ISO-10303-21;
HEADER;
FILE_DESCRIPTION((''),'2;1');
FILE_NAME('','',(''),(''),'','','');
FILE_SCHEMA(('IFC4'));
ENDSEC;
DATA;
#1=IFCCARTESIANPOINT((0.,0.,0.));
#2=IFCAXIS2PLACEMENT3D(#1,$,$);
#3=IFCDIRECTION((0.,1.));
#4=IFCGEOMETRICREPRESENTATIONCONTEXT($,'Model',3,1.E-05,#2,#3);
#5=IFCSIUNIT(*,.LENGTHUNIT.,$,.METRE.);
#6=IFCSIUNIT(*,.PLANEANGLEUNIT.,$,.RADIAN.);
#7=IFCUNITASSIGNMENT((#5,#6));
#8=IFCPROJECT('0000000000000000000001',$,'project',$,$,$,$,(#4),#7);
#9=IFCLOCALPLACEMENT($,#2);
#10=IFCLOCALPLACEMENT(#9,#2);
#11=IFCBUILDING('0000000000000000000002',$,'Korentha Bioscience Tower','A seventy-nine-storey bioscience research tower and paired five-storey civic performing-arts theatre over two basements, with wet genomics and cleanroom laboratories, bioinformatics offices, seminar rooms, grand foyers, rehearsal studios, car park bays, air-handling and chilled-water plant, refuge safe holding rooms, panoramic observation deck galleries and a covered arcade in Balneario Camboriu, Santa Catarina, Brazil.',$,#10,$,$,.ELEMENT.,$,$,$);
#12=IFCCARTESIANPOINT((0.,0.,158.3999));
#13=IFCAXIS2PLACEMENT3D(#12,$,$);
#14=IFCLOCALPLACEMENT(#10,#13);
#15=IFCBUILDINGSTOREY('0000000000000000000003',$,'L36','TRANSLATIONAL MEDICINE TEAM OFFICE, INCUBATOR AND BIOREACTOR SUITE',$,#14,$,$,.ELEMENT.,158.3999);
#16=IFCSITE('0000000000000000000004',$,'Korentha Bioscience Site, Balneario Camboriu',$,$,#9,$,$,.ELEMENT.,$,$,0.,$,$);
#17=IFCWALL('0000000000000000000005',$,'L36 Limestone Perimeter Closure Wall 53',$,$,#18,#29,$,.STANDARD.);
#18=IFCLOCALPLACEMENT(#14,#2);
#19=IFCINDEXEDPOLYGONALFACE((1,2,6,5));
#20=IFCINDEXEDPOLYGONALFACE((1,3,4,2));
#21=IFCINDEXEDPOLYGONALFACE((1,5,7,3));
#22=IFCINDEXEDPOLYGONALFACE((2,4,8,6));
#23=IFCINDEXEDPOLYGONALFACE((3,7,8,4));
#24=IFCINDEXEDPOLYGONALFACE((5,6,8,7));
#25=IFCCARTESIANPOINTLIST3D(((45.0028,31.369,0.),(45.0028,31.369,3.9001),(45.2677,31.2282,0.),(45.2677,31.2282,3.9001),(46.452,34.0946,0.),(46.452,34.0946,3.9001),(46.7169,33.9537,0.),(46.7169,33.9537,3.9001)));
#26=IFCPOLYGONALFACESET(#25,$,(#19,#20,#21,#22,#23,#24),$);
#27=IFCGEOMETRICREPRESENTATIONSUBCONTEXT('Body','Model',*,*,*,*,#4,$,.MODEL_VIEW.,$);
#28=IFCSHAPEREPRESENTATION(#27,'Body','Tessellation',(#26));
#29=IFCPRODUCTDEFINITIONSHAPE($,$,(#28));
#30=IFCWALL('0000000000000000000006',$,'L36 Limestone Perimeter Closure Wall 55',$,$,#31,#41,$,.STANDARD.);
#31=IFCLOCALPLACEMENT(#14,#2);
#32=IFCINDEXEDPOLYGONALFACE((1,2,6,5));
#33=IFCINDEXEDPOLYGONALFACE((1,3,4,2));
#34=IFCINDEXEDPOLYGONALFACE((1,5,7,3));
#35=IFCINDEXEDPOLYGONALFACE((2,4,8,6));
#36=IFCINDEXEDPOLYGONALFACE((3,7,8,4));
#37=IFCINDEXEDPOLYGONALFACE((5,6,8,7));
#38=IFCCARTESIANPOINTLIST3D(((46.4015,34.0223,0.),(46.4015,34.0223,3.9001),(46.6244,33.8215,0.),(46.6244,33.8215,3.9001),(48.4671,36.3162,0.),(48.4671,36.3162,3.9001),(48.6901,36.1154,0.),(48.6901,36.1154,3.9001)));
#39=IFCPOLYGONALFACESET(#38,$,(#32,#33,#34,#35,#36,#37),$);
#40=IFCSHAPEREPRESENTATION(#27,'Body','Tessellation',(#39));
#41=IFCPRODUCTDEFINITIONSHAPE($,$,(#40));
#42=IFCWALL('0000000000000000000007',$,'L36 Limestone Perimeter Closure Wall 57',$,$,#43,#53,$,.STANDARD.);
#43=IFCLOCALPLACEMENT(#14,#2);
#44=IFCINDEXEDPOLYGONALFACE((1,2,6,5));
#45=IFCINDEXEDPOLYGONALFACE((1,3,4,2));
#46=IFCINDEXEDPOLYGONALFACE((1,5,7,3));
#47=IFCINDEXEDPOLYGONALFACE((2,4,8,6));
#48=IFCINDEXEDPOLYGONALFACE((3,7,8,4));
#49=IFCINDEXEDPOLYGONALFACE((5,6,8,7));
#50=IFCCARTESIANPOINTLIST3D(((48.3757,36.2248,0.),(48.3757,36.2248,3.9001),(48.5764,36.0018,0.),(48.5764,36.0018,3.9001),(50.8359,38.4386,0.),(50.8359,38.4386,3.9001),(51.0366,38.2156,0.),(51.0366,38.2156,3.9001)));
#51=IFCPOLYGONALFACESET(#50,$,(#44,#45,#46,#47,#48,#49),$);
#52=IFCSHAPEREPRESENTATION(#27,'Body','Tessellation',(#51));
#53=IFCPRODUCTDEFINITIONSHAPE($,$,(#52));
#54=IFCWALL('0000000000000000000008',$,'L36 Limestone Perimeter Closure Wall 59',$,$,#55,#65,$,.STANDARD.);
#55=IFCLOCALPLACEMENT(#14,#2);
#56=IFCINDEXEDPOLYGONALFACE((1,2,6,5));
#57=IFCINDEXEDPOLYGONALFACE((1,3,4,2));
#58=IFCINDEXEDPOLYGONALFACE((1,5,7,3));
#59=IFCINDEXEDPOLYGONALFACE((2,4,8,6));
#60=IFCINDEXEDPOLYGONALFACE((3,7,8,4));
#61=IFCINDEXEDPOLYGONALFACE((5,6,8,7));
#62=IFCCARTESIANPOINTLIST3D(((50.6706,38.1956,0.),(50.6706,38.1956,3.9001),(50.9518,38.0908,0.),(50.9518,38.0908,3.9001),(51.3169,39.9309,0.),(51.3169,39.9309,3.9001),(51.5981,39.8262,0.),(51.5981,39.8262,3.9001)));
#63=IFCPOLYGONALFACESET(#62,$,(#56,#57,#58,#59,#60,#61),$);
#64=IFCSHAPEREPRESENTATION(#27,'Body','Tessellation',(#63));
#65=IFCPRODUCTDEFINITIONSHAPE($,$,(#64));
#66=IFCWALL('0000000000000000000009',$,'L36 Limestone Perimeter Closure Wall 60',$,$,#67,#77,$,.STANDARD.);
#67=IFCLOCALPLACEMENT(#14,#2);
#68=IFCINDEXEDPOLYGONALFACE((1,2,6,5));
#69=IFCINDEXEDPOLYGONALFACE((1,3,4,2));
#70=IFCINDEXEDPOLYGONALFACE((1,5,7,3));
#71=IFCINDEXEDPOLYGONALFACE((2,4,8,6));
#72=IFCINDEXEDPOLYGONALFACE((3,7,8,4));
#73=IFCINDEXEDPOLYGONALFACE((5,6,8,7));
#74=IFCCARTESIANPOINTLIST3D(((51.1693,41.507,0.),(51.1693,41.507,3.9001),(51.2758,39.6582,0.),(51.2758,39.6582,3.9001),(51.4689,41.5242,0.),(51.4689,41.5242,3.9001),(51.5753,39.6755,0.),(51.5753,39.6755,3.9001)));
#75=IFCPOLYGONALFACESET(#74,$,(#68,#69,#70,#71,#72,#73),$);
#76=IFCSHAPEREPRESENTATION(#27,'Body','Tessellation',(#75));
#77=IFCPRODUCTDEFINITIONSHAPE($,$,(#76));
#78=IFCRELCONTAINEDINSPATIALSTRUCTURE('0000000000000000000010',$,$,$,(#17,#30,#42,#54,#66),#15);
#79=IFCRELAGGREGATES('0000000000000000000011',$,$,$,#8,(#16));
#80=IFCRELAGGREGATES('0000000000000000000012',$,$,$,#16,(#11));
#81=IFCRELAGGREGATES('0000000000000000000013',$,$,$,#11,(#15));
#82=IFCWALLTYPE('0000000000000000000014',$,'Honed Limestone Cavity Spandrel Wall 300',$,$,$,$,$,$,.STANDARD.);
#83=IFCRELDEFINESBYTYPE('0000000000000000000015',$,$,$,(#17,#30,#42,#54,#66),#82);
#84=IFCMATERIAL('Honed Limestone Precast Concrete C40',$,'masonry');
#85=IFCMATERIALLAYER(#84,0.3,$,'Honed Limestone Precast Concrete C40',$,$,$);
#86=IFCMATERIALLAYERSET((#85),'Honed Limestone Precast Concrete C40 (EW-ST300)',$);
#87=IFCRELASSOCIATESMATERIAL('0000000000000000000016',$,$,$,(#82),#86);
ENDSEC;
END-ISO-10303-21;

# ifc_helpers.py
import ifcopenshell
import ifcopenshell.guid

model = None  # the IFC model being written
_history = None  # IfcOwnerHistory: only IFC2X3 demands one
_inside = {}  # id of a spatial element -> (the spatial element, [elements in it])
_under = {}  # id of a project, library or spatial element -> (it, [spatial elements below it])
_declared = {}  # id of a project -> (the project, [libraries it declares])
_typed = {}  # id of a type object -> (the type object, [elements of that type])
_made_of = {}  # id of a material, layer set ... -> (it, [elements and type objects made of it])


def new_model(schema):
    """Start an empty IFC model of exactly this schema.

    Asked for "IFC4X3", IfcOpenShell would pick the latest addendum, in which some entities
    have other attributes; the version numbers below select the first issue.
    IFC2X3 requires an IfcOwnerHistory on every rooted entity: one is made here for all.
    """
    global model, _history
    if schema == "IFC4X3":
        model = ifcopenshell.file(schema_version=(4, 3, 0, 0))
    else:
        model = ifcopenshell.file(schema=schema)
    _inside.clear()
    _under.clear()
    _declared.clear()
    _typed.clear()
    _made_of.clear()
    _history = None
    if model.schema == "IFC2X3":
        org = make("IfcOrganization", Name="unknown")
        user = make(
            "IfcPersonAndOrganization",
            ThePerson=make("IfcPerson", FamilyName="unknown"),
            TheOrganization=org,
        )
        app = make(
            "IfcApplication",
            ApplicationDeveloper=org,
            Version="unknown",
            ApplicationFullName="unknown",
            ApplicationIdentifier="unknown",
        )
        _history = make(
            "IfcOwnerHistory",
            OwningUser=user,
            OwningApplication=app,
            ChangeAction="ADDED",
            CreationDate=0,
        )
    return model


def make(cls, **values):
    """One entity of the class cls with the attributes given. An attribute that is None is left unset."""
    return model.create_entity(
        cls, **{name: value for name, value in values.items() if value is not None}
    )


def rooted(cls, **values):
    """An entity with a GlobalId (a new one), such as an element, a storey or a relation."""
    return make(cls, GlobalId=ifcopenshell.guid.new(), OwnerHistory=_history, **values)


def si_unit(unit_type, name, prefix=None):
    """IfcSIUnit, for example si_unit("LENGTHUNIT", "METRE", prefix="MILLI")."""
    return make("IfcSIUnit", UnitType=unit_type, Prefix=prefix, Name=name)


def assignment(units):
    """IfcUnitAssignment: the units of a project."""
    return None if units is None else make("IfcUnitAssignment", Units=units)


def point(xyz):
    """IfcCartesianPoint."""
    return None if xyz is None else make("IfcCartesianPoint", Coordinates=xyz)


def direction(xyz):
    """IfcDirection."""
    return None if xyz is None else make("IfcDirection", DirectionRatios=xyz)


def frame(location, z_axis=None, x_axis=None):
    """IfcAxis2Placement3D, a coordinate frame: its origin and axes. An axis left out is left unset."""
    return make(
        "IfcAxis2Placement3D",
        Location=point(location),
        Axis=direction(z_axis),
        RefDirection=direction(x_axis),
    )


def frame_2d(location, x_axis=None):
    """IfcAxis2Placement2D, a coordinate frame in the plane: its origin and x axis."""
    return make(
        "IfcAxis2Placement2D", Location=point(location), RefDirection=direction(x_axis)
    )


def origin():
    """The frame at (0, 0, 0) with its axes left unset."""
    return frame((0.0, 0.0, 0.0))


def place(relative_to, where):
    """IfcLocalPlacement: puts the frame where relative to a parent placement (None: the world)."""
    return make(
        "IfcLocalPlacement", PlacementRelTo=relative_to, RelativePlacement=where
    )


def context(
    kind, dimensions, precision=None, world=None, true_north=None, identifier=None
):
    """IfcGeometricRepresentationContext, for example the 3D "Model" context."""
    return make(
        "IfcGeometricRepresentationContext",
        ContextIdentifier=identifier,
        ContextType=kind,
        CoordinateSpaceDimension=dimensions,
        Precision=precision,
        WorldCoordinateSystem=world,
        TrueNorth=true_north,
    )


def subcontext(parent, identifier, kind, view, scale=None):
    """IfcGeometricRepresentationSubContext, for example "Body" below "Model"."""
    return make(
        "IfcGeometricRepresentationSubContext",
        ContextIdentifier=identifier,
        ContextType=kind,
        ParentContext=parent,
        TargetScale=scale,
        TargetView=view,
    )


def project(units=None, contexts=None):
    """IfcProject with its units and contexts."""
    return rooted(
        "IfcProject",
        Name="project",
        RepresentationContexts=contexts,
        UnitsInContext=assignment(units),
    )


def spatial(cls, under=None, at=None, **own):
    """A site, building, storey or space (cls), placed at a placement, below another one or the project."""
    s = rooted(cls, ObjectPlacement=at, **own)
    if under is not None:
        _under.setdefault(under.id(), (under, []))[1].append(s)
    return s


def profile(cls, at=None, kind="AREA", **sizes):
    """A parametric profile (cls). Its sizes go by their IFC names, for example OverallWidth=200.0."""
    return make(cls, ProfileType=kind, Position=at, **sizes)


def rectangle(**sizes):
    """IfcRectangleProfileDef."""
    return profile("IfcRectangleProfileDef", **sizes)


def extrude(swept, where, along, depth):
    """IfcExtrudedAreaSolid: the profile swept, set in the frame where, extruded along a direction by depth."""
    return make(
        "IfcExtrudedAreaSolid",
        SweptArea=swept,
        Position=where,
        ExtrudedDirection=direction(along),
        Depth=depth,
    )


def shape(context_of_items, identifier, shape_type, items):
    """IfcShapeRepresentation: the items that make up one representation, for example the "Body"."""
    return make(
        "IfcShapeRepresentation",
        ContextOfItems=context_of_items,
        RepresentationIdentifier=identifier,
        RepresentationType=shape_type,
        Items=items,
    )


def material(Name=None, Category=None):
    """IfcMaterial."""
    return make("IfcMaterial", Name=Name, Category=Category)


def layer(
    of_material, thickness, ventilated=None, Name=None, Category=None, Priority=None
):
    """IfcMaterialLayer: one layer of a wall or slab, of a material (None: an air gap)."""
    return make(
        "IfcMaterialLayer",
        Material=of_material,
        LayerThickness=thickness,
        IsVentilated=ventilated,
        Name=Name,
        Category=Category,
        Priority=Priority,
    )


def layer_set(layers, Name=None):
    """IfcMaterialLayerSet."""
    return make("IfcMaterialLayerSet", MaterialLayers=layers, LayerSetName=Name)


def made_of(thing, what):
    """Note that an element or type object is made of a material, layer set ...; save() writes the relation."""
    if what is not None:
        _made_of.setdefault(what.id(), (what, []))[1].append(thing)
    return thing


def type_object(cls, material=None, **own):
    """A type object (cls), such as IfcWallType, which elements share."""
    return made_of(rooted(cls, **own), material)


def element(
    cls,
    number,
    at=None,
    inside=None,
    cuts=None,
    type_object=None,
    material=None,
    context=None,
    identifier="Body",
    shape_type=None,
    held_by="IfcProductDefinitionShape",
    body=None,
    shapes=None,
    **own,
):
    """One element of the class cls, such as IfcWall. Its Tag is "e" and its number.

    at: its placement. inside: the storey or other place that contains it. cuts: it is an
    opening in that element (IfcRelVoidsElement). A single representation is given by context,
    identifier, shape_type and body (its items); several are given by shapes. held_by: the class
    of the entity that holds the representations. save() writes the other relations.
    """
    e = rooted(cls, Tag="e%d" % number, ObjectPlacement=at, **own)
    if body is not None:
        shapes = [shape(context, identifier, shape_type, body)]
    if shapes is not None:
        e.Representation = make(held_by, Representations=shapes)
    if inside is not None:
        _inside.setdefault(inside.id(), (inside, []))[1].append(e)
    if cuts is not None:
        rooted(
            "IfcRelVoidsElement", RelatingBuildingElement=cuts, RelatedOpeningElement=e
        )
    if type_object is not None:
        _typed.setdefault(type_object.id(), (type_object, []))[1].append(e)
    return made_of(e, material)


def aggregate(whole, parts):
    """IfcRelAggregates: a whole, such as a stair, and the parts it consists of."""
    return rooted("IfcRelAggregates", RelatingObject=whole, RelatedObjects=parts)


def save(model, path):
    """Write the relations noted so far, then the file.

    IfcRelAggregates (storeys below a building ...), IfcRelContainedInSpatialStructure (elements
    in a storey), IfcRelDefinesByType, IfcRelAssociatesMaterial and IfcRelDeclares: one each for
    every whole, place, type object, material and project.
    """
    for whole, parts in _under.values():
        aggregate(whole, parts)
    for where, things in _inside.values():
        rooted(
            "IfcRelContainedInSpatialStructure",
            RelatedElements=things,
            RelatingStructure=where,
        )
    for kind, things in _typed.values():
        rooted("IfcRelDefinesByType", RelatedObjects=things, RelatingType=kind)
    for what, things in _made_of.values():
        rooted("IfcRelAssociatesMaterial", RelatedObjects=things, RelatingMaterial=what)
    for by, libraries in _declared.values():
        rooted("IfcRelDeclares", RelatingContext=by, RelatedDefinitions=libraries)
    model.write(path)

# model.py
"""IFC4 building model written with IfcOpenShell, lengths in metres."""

from ifc_helpers import new_model, si_unit, direction, frame, frame_2d, origin, place, context, subcontext, project, spatial, rectangle, extrude, material, layer, layer_set, type_object, element, save


model = new_model("IFC4")

# Units and contexts
model_context = context("Model", 3, precision=1e-05, world=origin(), true_north=direction((0.0, 1.0)))
body_context = subcontext(model_context, "Body", "Model", "MODEL_VIEW")
ifc_project = project(units=[si_unit("LENGTHUNIT", "METRE"), si_unit("PLANEANGLEUNIT", "RADIAN")], contexts=[model_context])

# Site, building, storey
site_placement = place(None, origin())
site = spatial("IfcSite", under=ifc_project, at=site_placement, Name="Korentha Bioscience Site, Balneario Camboriu", CompositionType="ELEMENT", RefElevation=0.0)
building_placement = place(site_placement, origin())
building = spatial("IfcBuilding", under=site, at=building_placement, Name="Korentha Bioscience Tower", Description="A seventy-nine-storey bioscience research tower and paired five-storey civic performing-arts theatre over two basements, with wet genomics and cleanroom laboratories, bioinformatics offices, seminar rooms, grand foyers, rehearsal studios, car park bays, air-handling and chilled-water plant, refuge safe holding rooms, panoramic observation deck galleries and a covered arcade in Balneario Camboriu, Santa Catarina, Brazil.", CompositionType="ELEMENT")
storey_placement = place(building_placement, frame((0.0, 0.0, 158.3999)))
storey = spatial("IfcBuildingStorey", under=building, at=storey_placement, Name="L36", Description="TRANSLATIONAL MEDICINE TEAM OFFICE, INCUBATOR AND BIOREACTOR SUITE", CompositionType="ELEMENT", Elevation=158.3999)

# Walls
ifc_material_1 = material(Name="Honed Limestone Precast Concrete C40", Category="masonry")
ifc_layer_1 = layer(ifc_material_1, 0.3, Name="Honed Limestone Precast Concrete C40")
ifc_layer_set_1 = layer_set([ifc_layer_1], Name="Honed Limestone Precast Concrete C40 (EW-ST300)")
wall_type = type_object("IfcWallType", Name="Honed Limestone Cavity Spandrel Wall 300", PredefinedType="STANDARD", material=ifc_layer_set_1)
for number, where, z_axis, x_axis, name in (
    (1, (45.1353, 31.2986, 0.0), (0.0, 0.0, 1.0), (0.469471, 0.882948, 0.0), "L36 Limestone Perimeter Closure Wall 53"),
    (2, (46.5129, 33.9219, 0.0), (0.0, 0.0, 1.0), (0.669166, 0.743113, 0.0), "L36 Limestone Perimeter Closure Wall 55"),
):
    element("IfcWall", number, at=place(storey_placement, frame(where, z_axis=z_axis, x_axis=x_axis)), inside=storey, type_object=wall_type, Name=name, PredefinedType="STANDARD", context=body_context, shape_type="SweptSolid", body=[
        extrude(rectangle(XDim=3.0869, YDim=0.3, at=frame_2d((1.5435, 0.0))), origin(), (0.0, 0.0, 1.0), 3.9001),
    ])
wall_placement = place(storey_placement, frame((48.4761, 36.1133, 0.0), z_axis=(0.0, 0.0, 1.0), x_axis=(0.743342, 0.668912, 0.0)))
element("IfcWall", 3, at=wall_placement, inside=storey, type_object=wall_type, Name="L36 Limestone Perimeter Closure Wall 57", PredefinedType="STANDARD", context=body_context, shape_type="SweptSolid", body=[
    extrude(rectangle(XDim=3.3096, YDim=0.3, at=frame_2d((1.6548, 0.0))), origin(), (0.0, 0.0, 1.0), 3.9001),
])
for number, where, z_axis, x_axis, name in (
    (4, (50.8113, 38.1433, 0.0), (0.0, 0.0, 1.0), (0.348984, 0.937129, 0.0), "L36 Limestone Perimeter Closure Wall 59"),
    (5, (51.4255, 39.667, 0.0), (0.0, 0.0, 1.0), (-0.057485, 0.998346, 0.0), "L36 Limestone Perimeter Closure Wall 60"),
):
    element("IfcWall", number, at=place(storey_placement, frame(where, z_axis=z_axis, x_axis=x_axis)), inside=storey, type_object=wall_type, Name=name, PredefinedType="STANDARD", context=body_context, shape_type="SweptSolid", body=[
        extrude(rectangle(XDim=1.8518, YDim=0.3, at=frame_2d((0.9258, 0.0))), origin(), (0.0, 0.0, 1.0), 3.9001),
    ])

save(model, "model.ifc")
